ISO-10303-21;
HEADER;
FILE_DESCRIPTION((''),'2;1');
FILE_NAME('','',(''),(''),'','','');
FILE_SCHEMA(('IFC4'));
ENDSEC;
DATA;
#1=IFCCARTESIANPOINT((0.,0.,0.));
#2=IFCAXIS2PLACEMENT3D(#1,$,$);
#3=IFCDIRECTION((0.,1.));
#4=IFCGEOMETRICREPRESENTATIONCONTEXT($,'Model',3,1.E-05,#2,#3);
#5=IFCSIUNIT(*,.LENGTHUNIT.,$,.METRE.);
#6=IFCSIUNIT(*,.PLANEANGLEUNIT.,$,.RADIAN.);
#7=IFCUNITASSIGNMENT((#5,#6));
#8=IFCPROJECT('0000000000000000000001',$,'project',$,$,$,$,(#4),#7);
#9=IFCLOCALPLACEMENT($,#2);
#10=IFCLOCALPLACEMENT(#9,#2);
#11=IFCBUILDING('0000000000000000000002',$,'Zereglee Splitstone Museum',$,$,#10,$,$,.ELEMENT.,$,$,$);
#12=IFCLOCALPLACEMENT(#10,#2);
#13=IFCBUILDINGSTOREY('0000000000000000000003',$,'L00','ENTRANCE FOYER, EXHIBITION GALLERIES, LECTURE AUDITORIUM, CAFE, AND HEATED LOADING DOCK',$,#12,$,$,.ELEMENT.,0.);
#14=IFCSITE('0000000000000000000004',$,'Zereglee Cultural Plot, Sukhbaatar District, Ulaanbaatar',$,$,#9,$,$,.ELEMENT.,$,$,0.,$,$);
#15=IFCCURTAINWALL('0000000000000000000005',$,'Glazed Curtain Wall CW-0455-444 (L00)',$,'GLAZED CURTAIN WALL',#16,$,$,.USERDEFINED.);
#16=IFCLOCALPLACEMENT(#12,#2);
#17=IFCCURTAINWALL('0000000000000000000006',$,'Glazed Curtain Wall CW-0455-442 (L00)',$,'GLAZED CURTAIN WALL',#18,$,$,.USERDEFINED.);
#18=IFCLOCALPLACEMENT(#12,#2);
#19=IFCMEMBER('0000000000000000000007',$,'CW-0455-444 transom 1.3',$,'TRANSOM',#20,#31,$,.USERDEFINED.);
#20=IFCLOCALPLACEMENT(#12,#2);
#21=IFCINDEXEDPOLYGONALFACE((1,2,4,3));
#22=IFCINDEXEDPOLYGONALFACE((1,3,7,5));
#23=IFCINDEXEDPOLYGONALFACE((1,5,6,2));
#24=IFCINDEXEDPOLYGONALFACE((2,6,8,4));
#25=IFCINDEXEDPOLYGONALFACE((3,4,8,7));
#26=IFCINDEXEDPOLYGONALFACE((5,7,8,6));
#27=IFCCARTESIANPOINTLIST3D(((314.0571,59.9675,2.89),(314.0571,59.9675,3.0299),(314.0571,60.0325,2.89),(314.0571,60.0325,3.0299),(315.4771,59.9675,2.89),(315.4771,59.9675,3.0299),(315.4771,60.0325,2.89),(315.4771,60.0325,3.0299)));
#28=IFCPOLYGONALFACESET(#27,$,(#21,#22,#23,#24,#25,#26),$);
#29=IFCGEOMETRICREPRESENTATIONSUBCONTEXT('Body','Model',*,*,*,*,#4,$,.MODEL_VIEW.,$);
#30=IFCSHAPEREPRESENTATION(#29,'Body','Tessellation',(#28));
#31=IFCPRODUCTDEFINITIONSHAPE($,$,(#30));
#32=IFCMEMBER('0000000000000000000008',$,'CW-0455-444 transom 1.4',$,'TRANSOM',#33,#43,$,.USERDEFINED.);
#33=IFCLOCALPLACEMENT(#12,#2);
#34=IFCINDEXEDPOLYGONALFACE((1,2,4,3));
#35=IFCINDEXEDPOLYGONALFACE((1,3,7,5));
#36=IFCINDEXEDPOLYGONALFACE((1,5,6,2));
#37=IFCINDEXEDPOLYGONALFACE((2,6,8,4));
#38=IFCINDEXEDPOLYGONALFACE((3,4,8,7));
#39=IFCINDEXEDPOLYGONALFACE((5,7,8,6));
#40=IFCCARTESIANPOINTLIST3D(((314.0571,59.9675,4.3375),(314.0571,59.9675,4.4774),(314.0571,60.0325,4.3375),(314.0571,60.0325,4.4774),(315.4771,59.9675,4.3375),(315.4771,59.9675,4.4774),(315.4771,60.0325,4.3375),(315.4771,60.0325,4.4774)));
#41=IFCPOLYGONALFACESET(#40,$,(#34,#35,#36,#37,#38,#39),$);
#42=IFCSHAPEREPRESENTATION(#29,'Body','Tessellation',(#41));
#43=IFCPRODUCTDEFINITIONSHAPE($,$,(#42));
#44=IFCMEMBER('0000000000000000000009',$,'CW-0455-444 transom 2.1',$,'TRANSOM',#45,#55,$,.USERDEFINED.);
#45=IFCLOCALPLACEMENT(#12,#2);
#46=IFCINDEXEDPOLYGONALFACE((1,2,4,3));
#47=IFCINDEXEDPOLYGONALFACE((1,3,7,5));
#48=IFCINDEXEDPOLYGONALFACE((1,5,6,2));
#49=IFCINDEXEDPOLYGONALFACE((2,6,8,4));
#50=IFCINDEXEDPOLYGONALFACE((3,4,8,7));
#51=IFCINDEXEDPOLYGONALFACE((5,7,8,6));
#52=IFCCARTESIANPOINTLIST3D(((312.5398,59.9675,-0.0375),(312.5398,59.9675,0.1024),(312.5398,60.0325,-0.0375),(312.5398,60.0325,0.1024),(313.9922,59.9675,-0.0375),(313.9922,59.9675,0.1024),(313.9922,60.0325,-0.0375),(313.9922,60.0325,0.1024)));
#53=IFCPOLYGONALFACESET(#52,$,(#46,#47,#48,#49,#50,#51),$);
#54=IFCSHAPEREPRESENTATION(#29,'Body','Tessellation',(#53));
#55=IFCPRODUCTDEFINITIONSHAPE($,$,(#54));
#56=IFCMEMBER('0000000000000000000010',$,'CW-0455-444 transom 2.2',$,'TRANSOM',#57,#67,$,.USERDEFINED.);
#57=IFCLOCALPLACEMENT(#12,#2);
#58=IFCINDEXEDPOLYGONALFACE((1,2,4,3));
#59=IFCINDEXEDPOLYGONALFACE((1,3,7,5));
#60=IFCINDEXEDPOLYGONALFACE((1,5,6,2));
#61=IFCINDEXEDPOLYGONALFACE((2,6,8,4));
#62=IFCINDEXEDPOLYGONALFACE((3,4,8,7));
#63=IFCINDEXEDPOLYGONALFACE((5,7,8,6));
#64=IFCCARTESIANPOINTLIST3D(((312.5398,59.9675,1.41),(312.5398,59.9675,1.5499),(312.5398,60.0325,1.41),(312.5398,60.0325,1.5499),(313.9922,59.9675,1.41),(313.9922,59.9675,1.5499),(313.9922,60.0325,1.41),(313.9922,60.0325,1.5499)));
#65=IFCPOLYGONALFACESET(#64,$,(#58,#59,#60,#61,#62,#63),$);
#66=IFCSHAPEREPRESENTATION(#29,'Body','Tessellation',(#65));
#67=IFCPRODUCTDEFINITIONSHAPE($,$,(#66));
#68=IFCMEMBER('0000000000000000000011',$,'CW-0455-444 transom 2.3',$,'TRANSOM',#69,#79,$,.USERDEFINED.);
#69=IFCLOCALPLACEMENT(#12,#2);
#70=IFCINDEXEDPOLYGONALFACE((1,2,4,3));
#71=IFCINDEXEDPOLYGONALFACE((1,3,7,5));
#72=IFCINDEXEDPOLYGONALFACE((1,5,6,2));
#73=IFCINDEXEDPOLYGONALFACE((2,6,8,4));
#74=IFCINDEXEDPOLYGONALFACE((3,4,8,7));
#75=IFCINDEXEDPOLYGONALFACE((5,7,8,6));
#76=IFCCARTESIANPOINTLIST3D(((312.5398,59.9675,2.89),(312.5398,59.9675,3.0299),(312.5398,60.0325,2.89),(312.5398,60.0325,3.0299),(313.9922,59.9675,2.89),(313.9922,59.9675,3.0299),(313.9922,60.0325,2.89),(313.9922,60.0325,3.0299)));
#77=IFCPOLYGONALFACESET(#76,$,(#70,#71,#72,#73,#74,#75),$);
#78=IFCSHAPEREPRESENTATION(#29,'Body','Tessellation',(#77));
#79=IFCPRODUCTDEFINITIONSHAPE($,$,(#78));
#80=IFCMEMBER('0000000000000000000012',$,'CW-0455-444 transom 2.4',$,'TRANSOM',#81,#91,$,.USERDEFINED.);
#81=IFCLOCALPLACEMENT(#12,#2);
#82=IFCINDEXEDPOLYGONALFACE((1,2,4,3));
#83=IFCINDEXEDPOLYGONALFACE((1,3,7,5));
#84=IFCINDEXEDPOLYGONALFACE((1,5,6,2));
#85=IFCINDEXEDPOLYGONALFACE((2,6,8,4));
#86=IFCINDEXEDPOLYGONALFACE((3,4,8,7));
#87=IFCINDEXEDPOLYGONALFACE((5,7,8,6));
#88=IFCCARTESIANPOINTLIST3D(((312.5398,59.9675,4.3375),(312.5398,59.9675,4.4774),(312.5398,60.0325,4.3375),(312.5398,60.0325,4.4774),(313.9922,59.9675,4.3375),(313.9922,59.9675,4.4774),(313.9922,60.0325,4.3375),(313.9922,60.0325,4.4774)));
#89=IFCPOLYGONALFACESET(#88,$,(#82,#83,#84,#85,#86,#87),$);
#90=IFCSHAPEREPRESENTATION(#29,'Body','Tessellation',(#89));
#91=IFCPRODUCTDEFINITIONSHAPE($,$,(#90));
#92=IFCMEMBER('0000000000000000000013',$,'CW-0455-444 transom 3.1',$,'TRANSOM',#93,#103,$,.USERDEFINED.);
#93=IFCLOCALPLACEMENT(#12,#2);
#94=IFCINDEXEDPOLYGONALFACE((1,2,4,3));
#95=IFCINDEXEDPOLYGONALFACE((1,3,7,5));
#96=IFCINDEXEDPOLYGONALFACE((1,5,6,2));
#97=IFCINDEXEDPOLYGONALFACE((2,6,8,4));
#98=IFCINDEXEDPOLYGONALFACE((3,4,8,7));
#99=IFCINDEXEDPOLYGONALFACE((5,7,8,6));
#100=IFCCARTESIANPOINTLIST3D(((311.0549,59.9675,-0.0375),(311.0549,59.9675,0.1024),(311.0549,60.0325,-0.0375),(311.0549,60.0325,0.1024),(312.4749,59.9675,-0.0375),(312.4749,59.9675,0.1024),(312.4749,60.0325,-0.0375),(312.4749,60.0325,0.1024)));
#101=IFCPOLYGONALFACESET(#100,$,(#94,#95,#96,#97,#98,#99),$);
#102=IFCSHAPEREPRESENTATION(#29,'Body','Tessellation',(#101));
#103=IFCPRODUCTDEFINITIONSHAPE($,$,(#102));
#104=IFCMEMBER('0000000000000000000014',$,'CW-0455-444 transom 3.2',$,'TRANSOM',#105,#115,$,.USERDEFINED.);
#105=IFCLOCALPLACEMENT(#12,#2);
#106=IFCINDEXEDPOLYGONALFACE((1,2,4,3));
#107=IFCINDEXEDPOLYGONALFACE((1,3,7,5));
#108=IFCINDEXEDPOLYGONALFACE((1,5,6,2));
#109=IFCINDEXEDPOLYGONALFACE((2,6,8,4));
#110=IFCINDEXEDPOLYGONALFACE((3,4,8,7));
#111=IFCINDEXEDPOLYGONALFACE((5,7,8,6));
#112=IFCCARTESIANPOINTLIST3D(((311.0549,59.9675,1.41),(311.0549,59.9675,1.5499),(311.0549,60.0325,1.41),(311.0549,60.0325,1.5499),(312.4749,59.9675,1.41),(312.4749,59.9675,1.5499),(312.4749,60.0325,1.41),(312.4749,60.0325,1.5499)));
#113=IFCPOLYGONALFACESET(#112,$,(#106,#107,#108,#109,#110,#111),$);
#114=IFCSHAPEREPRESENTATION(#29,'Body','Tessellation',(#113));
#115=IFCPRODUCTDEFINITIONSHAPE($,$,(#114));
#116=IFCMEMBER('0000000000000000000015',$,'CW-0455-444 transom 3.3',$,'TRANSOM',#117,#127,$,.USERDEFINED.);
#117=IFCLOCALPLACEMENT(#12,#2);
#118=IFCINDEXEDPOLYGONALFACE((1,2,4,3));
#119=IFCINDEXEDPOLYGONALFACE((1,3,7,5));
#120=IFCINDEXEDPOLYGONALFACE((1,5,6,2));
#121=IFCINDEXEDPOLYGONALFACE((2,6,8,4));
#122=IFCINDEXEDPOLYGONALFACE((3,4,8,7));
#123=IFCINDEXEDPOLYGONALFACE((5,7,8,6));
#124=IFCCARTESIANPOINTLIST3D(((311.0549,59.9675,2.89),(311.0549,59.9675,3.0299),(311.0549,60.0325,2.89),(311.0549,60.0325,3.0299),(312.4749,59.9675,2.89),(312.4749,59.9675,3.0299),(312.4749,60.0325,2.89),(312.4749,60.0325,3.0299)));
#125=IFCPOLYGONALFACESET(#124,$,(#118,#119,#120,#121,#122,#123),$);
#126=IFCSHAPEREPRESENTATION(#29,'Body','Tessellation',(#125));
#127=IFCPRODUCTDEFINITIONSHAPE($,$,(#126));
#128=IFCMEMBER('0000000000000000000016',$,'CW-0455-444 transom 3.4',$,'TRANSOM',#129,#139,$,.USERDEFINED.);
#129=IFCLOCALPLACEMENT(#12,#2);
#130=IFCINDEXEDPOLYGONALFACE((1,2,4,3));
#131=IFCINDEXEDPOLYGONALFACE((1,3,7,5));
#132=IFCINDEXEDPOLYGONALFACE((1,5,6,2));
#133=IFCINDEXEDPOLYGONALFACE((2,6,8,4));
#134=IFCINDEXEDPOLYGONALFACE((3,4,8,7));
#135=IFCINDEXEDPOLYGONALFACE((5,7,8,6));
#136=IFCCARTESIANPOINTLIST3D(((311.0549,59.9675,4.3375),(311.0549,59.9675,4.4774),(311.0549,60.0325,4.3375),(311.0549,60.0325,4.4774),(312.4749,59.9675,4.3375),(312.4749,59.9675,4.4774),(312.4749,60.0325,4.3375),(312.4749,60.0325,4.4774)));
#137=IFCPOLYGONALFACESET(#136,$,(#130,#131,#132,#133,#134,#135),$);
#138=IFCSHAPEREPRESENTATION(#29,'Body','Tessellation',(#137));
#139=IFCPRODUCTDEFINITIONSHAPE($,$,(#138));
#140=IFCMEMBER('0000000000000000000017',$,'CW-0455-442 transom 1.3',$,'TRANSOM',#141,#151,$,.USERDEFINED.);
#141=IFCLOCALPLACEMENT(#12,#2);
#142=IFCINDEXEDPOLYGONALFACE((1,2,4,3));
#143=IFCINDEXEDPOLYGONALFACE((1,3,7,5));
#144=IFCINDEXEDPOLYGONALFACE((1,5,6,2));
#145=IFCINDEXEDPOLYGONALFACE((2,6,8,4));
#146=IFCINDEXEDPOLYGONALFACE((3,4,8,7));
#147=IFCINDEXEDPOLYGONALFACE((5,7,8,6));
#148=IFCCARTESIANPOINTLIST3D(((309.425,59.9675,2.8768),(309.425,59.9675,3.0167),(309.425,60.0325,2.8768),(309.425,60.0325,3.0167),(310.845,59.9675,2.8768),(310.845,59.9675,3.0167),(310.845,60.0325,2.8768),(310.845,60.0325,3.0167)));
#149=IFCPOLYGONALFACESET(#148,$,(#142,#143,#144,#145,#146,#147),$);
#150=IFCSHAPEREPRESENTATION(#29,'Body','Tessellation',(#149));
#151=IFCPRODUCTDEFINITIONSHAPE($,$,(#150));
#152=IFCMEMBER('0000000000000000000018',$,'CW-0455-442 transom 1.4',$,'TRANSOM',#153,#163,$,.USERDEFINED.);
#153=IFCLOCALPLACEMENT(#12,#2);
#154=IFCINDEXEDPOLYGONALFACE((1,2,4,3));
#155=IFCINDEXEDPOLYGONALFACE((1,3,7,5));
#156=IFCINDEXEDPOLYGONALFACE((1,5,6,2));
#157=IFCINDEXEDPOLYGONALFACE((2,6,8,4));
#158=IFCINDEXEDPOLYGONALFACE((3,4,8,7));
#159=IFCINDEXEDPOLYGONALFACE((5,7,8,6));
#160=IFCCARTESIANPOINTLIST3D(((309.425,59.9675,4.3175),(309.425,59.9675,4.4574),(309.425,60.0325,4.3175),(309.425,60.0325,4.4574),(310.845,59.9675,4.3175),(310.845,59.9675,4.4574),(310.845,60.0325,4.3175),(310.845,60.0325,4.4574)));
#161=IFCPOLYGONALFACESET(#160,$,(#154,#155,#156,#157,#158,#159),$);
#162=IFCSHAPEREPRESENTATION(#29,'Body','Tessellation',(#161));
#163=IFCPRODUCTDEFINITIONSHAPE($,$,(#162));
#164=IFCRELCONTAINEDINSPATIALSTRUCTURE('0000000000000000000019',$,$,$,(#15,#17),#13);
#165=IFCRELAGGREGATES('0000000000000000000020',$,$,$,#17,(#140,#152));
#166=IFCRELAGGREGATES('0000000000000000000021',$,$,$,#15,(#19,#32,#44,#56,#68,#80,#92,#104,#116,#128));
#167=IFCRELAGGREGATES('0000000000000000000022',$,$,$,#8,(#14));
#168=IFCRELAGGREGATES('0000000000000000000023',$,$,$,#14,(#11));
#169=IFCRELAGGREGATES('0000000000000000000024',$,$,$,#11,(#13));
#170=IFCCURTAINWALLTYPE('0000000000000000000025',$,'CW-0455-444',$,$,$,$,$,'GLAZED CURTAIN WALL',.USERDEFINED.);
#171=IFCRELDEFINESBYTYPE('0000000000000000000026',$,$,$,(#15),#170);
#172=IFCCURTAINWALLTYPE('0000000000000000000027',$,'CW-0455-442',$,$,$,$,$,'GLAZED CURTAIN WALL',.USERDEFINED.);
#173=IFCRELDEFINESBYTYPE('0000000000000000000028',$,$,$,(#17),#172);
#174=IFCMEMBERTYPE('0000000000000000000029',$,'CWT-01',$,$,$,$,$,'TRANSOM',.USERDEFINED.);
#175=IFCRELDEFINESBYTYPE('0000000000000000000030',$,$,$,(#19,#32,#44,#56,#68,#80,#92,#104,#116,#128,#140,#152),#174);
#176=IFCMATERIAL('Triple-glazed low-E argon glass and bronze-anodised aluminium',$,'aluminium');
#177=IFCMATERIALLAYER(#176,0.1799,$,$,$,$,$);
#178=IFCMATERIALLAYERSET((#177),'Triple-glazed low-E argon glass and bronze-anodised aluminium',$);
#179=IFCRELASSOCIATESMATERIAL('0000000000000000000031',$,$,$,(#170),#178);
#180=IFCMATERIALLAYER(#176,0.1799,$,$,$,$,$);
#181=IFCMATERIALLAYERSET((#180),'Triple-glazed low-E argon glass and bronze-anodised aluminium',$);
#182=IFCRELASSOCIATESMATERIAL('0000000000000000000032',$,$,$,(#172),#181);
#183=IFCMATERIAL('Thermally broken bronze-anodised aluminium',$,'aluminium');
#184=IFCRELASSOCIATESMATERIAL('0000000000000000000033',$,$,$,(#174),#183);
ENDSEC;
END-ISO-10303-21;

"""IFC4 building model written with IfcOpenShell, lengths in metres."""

from ifc_helpers import new_model, si_unit, direction, frame, origin, origin_2d, place, context, subcontext, project, spatial, rectangle, extrude, material, layer, layer_set, material_profile, profile_set, type_object, element, aggregate, save


model = new_model("IFC4")

# Units and contexts
model_context = context("Model", 3, precision=1e-05, world=origin(), true_north=direction((0.0, 1.0)))
body_context = subcontext(model_context, "Body", "Model", "MODEL_VIEW")
ifc_project = project(units=[si_unit("LENGTHUNIT", "METRE"), si_unit("PLANEANGLEUNIT", "RADIAN")], contexts=[model_context])

# Site, building, storey
site_placement = place(None, origin())
site = spatial("IfcSite", under=ifc_project, at=site_placement, Name="Zereglee Cultural Plot, Sukhbaatar District, Ulaanbaatar", CompositionType="ELEMENT", RefElevation=0.0)
building_placement = place(site_placement, origin())
building = spatial("IfcBuilding", under=site, at=building_placement, Name="Zereglee Splitstone Museum", CompositionType="ELEMENT")
storey_placement = place(building_placement, origin())
storey = spatial("IfcBuildingStorey", under=building, at=storey_placement, Name="L00", Description="ENTRANCE FOYER, EXHIBITION GALLERIES, LECTURE AUDITORIUM, CAFE, AND HEATED LOADING DOCK", CompositionType="ELEMENT", Elevation=0.0)

# Curtain wall
ifc_material_1 = material(Name="Triple-glazed low-E argon glass and bronze-anodised aluminium", Category="aluminium")
ifc_material_2 = material(Name="Thermally broken bronze-anodised aluminium", Category="aluminium")
ifc_layer_1 = layer(ifc_material_1, 0.1799)
ifc_layer_set_1 = layer_set([ifc_layer_1], Name="Triple-glazed low-E argon glass and bronze-anodised aluminium")
curtain_wall_type_1 = type_object("IfcCurtainWallType", Name="CW-0455-444", ElementType="GLAZED CURTAIN WALL", PredefinedType="USERDEFINED", material=ifc_layer_set_1)
curtain_wall_1_placement = place(storey_placement, origin())
curtain_wall_1 = element("IfcCurtainWall", 1, at=curtain_wall_1_placement, inside=storey, type_object=curtain_wall_type_1, Name="Glazed Curtain Wall CW-0455-444 (L00)", ObjectType="GLAZED CURTAIN WALL", PredefinedType="USERDEFINED")

# Curtain wall
ifc_layer_2 = layer(ifc_material_1, 0.1799)
ifc_layer_set_2 = layer_set([ifc_layer_2], Name="Triple-glazed low-E argon glass and bronze-anodised aluminium")
curtain_wall_type_2 = type_object("IfcCurtainWallType", Name="CW-0455-442", ElementType="GLAZED CURTAIN WALL", PredefinedType="USERDEFINED", material=ifc_layer_set_2)
curtain_wall_2_placement = place(storey_placement, origin())
curtain_wall_2 = element("IfcCurtainWall", 2, at=curtain_wall_2_placement, inside=storey, type_object=curtain_wall_type_2, Name="Glazed Curtain Wall CW-0455-442 (L00)", ObjectType="GLAZED CURTAIN WALL", PredefinedType="USERDEFINED")

# Members
ifc_material_profile_1 = material_profile(ifc_material_2, rectangle(XDim=0.0649, YDim=0.1399, at=origin_2d()), Name="CW TRAN 65x140")
ifc_profile_set_1 = profile_set([ifc_material_profile_1], Name="Thermally broken bronze-anodised aluminium")
member_type_1 = type_object("IfcMemberType", Name="CWT-01", ElementType="TRANSOM", PredefinedType="USERDEFINED", material=ifc_profile_set_1)
member_1_placement = place(storey_placement, frame((315.4771, 60.0, 2.96), z_axis=(-1.0, 0.0, 0.0), x_axis=(0.0, -1.0, 0.0)))
member_1 = element("IfcMember", 3, at=member_1_placement, type_object=member_type_1, Name="CW-0455-444 transom 1.3", ObjectType="TRANSOM", PredefinedType="USERDEFINED", context=body_context, shape_type="SweptSolid", body=[
    extrude(rectangle(XDim=0.0649, YDim=0.1399, at=origin_2d()), origin(), (0.0, 0.0, 1.0), 1.4199),
])
member_2_placement = place(storey_placement, frame((315.4771, 60.0, 4.4075), z_axis=(-1.0, 0.0, 0.0), x_axis=(0.0, -1.0, 0.0)))
member_2 = element("IfcMember", 4, at=member_2_placement, type_object=member_type_1, Name="CW-0455-444 transom 1.4", ObjectType="TRANSOM", PredefinedType="USERDEFINED", context=body_context, shape_type="SweptSolid", body=[
    extrude(rectangle(XDim=0.0649, YDim=0.1399, at=origin_2d()), origin(), (0.0, 0.0, 1.0), 1.4199),
])
member_3_placement = place(storey_placement, frame((313.9922, 60.0, 0.0325), z_axis=(-1.0, 0.0, 0.0), x_axis=(0.0, -1.0, 0.0)))
member_3 = element("IfcMember", 5, at=member_3_placement, type_object=member_type_1, Name="CW-0455-444 transom 2.1", ObjectType="TRANSOM", PredefinedType="USERDEFINED", context=body_context, shape_type="SweptSolid", body=[
    extrude(rectangle(XDim=0.0649, YDim=0.1399, at=origin_2d()), origin(), (0.0, 0.0, 1.0), 1.4524),
])
member_4_placement = place(storey_placement, frame((313.9922, 60.0, 1.48), z_axis=(-1.0, 0.0, 0.0), x_axis=(0.0, -1.0, 0.0)))
member_4 = element("IfcMember", 6, at=member_4_placement, type_object=member_type_1, Name="CW-0455-444 transom 2.2", ObjectType="TRANSOM", PredefinedType="USERDEFINED", context=body_context, shape_type="SweptSolid", body=[
    extrude(rectangle(XDim=0.0649, YDim=0.1399, at=origin_2d()), origin(), (0.0, 0.0, 1.0), 1.4524),
])
member_5_placement = place(storey_placement, frame((313.9922, 60.0, 2.96), z_axis=(-1.0, 0.0, 0.0), x_axis=(0.0, -1.0, 0.0)))
member_5 = element("IfcMember", 7, at=member_5_placement, type_object=member_type_1, Name="CW-0455-444 transom 2.3", ObjectType="TRANSOM", PredefinedType="USERDEFINED", context=body_context, shape_type="SweptSolid", body=[
    extrude(rectangle(XDim=0.0649, YDim=0.1399, at=origin_2d()), origin(), (0.0, 0.0, 1.0), 1.4524),
])
member_6_placement = place(storey_placement, frame((313.9922, 60.0, 4.4075), z_axis=(-1.0, 0.0, 0.0), x_axis=(0.0, -1.0, 0.0)))
member_6 = element("IfcMember", 8, at=member_6_placement, type_object=member_type_1, Name="CW-0455-444 transom 2.4", ObjectType="TRANSOM", PredefinedType="USERDEFINED", context=body_context, shape_type="SweptSolid", body=[
    extrude(rectangle(XDim=0.0649, YDim=0.1399, at=origin_2d()), origin(), (0.0, 0.0, 1.0), 1.4524),
])
member_7_placement = place(storey_placement, frame((312.4749, 60.0, 0.0325), z_axis=(-1.0, 0.0, 0.0), x_axis=(0.0, -1.0, 0.0)))
member_7 = element("IfcMember", 9, at=member_7_placement, type_object=member_type_1, Name="CW-0455-444 transom 3.1", ObjectType="TRANSOM", PredefinedType="USERDEFINED", context=body_context, shape_type="SweptSolid", body=[
    extrude(rectangle(XDim=0.0649, YDim=0.1399, at=origin_2d()), origin(), (0.0, 0.0, 1.0), 1.4199),
])
member_8_placement = place(storey_placement, frame((312.4749, 60.0, 1.48), z_axis=(-1.0, 0.0, 0.0), x_axis=(0.0, -1.0, 0.0)))
member_8 = element("IfcMember", 10, at=member_8_placement, type_object=member_type_1, Name="CW-0455-444 transom 3.2", ObjectType="TRANSOM", PredefinedType="USERDEFINED", context=body_context, shape_type="SweptSolid", body=[
    extrude(rectangle(XDim=0.0649, YDim=0.1399, at=origin_2d()), origin(), (0.0, 0.0, 1.0), 1.4199),
])
member_9_placement = place(storey_placement, frame((312.4749, 60.0, 2.96), z_axis=(-1.0, 0.0, 0.0), x_axis=(0.0, -1.0, 0.0)))
member_9 = element("IfcMember", 11, at=member_9_placement, type_object=member_type_1, Name="CW-0455-444 transom 3.3", ObjectType="TRANSOM", PredefinedType="USERDEFINED", context=body_context, shape_type="SweptSolid", body=[
    extrude(rectangle(XDim=0.0649, YDim=0.1399, at=origin_2d()), origin(), (0.0, 0.0, 1.0), 1.4199),
])
member_10_placement = place(storey_placement, frame((312.4749, 60.0, 4.4075), z_axis=(-1.0, 0.0, 0.0), x_axis=(0.0, -1.0, 0.0)))
member_10 = element("IfcMember", 12, at=member_10_placement, type_object=member_type_1, Name="CW-0455-444 transom 3.4", ObjectType="TRANSOM", PredefinedType="USERDEFINED", context=body_context, shape_type="SweptSolid", body=[
    extrude(rectangle(XDim=0.0649, YDim=0.1399, at=origin_2d()), origin(), (0.0, 0.0, 1.0), 1.4199),
])
member_11_placement = place(storey_placement, frame((310.845, 60.0, 2.9468), z_axis=(-1.0, 0.0, 0.0), x_axis=(0.0, -1.0, 0.0)))
member_11 = element("IfcMember", 13, at=member_11_placement, type_object=member_type_1, Name="CW-0455-442 transom 1.3", ObjectType="TRANSOM", PredefinedType="USERDEFINED", context=body_context, shape_type="SweptSolid", body=[
    extrude(rectangle(XDim=0.0649, YDim=0.1399, at=origin_2d()), origin(), (0.0, 0.0, 1.0), 1.4199),
])
member_12_placement = place(storey_placement, frame((310.845, 60.0, 4.3875), z_axis=(-1.0, 0.0, 0.0), x_axis=(0.0, -1.0, 0.0)))
member_12 = element("IfcMember", 14, at=member_12_placement, type_object=member_type_1, Name="CW-0455-442 transom 1.4", ObjectType="TRANSOM", PredefinedType="USERDEFINED", context=body_context, shape_type="SweptSolid", body=[
    extrude(rectangle(XDim=0.0649, YDim=0.1399, at=origin_2d()), origin(), (0.0, 0.0, 1.0), 1.4199),
])
aggregate(curtain_wall_2, [member_11, member_12])

aggregate(curtain_wall_1, [member_1, member_2, member_3, member_4, member_5, member_6, member_7, member_8, member_9, member_10])

save(model, "model.ifc")
